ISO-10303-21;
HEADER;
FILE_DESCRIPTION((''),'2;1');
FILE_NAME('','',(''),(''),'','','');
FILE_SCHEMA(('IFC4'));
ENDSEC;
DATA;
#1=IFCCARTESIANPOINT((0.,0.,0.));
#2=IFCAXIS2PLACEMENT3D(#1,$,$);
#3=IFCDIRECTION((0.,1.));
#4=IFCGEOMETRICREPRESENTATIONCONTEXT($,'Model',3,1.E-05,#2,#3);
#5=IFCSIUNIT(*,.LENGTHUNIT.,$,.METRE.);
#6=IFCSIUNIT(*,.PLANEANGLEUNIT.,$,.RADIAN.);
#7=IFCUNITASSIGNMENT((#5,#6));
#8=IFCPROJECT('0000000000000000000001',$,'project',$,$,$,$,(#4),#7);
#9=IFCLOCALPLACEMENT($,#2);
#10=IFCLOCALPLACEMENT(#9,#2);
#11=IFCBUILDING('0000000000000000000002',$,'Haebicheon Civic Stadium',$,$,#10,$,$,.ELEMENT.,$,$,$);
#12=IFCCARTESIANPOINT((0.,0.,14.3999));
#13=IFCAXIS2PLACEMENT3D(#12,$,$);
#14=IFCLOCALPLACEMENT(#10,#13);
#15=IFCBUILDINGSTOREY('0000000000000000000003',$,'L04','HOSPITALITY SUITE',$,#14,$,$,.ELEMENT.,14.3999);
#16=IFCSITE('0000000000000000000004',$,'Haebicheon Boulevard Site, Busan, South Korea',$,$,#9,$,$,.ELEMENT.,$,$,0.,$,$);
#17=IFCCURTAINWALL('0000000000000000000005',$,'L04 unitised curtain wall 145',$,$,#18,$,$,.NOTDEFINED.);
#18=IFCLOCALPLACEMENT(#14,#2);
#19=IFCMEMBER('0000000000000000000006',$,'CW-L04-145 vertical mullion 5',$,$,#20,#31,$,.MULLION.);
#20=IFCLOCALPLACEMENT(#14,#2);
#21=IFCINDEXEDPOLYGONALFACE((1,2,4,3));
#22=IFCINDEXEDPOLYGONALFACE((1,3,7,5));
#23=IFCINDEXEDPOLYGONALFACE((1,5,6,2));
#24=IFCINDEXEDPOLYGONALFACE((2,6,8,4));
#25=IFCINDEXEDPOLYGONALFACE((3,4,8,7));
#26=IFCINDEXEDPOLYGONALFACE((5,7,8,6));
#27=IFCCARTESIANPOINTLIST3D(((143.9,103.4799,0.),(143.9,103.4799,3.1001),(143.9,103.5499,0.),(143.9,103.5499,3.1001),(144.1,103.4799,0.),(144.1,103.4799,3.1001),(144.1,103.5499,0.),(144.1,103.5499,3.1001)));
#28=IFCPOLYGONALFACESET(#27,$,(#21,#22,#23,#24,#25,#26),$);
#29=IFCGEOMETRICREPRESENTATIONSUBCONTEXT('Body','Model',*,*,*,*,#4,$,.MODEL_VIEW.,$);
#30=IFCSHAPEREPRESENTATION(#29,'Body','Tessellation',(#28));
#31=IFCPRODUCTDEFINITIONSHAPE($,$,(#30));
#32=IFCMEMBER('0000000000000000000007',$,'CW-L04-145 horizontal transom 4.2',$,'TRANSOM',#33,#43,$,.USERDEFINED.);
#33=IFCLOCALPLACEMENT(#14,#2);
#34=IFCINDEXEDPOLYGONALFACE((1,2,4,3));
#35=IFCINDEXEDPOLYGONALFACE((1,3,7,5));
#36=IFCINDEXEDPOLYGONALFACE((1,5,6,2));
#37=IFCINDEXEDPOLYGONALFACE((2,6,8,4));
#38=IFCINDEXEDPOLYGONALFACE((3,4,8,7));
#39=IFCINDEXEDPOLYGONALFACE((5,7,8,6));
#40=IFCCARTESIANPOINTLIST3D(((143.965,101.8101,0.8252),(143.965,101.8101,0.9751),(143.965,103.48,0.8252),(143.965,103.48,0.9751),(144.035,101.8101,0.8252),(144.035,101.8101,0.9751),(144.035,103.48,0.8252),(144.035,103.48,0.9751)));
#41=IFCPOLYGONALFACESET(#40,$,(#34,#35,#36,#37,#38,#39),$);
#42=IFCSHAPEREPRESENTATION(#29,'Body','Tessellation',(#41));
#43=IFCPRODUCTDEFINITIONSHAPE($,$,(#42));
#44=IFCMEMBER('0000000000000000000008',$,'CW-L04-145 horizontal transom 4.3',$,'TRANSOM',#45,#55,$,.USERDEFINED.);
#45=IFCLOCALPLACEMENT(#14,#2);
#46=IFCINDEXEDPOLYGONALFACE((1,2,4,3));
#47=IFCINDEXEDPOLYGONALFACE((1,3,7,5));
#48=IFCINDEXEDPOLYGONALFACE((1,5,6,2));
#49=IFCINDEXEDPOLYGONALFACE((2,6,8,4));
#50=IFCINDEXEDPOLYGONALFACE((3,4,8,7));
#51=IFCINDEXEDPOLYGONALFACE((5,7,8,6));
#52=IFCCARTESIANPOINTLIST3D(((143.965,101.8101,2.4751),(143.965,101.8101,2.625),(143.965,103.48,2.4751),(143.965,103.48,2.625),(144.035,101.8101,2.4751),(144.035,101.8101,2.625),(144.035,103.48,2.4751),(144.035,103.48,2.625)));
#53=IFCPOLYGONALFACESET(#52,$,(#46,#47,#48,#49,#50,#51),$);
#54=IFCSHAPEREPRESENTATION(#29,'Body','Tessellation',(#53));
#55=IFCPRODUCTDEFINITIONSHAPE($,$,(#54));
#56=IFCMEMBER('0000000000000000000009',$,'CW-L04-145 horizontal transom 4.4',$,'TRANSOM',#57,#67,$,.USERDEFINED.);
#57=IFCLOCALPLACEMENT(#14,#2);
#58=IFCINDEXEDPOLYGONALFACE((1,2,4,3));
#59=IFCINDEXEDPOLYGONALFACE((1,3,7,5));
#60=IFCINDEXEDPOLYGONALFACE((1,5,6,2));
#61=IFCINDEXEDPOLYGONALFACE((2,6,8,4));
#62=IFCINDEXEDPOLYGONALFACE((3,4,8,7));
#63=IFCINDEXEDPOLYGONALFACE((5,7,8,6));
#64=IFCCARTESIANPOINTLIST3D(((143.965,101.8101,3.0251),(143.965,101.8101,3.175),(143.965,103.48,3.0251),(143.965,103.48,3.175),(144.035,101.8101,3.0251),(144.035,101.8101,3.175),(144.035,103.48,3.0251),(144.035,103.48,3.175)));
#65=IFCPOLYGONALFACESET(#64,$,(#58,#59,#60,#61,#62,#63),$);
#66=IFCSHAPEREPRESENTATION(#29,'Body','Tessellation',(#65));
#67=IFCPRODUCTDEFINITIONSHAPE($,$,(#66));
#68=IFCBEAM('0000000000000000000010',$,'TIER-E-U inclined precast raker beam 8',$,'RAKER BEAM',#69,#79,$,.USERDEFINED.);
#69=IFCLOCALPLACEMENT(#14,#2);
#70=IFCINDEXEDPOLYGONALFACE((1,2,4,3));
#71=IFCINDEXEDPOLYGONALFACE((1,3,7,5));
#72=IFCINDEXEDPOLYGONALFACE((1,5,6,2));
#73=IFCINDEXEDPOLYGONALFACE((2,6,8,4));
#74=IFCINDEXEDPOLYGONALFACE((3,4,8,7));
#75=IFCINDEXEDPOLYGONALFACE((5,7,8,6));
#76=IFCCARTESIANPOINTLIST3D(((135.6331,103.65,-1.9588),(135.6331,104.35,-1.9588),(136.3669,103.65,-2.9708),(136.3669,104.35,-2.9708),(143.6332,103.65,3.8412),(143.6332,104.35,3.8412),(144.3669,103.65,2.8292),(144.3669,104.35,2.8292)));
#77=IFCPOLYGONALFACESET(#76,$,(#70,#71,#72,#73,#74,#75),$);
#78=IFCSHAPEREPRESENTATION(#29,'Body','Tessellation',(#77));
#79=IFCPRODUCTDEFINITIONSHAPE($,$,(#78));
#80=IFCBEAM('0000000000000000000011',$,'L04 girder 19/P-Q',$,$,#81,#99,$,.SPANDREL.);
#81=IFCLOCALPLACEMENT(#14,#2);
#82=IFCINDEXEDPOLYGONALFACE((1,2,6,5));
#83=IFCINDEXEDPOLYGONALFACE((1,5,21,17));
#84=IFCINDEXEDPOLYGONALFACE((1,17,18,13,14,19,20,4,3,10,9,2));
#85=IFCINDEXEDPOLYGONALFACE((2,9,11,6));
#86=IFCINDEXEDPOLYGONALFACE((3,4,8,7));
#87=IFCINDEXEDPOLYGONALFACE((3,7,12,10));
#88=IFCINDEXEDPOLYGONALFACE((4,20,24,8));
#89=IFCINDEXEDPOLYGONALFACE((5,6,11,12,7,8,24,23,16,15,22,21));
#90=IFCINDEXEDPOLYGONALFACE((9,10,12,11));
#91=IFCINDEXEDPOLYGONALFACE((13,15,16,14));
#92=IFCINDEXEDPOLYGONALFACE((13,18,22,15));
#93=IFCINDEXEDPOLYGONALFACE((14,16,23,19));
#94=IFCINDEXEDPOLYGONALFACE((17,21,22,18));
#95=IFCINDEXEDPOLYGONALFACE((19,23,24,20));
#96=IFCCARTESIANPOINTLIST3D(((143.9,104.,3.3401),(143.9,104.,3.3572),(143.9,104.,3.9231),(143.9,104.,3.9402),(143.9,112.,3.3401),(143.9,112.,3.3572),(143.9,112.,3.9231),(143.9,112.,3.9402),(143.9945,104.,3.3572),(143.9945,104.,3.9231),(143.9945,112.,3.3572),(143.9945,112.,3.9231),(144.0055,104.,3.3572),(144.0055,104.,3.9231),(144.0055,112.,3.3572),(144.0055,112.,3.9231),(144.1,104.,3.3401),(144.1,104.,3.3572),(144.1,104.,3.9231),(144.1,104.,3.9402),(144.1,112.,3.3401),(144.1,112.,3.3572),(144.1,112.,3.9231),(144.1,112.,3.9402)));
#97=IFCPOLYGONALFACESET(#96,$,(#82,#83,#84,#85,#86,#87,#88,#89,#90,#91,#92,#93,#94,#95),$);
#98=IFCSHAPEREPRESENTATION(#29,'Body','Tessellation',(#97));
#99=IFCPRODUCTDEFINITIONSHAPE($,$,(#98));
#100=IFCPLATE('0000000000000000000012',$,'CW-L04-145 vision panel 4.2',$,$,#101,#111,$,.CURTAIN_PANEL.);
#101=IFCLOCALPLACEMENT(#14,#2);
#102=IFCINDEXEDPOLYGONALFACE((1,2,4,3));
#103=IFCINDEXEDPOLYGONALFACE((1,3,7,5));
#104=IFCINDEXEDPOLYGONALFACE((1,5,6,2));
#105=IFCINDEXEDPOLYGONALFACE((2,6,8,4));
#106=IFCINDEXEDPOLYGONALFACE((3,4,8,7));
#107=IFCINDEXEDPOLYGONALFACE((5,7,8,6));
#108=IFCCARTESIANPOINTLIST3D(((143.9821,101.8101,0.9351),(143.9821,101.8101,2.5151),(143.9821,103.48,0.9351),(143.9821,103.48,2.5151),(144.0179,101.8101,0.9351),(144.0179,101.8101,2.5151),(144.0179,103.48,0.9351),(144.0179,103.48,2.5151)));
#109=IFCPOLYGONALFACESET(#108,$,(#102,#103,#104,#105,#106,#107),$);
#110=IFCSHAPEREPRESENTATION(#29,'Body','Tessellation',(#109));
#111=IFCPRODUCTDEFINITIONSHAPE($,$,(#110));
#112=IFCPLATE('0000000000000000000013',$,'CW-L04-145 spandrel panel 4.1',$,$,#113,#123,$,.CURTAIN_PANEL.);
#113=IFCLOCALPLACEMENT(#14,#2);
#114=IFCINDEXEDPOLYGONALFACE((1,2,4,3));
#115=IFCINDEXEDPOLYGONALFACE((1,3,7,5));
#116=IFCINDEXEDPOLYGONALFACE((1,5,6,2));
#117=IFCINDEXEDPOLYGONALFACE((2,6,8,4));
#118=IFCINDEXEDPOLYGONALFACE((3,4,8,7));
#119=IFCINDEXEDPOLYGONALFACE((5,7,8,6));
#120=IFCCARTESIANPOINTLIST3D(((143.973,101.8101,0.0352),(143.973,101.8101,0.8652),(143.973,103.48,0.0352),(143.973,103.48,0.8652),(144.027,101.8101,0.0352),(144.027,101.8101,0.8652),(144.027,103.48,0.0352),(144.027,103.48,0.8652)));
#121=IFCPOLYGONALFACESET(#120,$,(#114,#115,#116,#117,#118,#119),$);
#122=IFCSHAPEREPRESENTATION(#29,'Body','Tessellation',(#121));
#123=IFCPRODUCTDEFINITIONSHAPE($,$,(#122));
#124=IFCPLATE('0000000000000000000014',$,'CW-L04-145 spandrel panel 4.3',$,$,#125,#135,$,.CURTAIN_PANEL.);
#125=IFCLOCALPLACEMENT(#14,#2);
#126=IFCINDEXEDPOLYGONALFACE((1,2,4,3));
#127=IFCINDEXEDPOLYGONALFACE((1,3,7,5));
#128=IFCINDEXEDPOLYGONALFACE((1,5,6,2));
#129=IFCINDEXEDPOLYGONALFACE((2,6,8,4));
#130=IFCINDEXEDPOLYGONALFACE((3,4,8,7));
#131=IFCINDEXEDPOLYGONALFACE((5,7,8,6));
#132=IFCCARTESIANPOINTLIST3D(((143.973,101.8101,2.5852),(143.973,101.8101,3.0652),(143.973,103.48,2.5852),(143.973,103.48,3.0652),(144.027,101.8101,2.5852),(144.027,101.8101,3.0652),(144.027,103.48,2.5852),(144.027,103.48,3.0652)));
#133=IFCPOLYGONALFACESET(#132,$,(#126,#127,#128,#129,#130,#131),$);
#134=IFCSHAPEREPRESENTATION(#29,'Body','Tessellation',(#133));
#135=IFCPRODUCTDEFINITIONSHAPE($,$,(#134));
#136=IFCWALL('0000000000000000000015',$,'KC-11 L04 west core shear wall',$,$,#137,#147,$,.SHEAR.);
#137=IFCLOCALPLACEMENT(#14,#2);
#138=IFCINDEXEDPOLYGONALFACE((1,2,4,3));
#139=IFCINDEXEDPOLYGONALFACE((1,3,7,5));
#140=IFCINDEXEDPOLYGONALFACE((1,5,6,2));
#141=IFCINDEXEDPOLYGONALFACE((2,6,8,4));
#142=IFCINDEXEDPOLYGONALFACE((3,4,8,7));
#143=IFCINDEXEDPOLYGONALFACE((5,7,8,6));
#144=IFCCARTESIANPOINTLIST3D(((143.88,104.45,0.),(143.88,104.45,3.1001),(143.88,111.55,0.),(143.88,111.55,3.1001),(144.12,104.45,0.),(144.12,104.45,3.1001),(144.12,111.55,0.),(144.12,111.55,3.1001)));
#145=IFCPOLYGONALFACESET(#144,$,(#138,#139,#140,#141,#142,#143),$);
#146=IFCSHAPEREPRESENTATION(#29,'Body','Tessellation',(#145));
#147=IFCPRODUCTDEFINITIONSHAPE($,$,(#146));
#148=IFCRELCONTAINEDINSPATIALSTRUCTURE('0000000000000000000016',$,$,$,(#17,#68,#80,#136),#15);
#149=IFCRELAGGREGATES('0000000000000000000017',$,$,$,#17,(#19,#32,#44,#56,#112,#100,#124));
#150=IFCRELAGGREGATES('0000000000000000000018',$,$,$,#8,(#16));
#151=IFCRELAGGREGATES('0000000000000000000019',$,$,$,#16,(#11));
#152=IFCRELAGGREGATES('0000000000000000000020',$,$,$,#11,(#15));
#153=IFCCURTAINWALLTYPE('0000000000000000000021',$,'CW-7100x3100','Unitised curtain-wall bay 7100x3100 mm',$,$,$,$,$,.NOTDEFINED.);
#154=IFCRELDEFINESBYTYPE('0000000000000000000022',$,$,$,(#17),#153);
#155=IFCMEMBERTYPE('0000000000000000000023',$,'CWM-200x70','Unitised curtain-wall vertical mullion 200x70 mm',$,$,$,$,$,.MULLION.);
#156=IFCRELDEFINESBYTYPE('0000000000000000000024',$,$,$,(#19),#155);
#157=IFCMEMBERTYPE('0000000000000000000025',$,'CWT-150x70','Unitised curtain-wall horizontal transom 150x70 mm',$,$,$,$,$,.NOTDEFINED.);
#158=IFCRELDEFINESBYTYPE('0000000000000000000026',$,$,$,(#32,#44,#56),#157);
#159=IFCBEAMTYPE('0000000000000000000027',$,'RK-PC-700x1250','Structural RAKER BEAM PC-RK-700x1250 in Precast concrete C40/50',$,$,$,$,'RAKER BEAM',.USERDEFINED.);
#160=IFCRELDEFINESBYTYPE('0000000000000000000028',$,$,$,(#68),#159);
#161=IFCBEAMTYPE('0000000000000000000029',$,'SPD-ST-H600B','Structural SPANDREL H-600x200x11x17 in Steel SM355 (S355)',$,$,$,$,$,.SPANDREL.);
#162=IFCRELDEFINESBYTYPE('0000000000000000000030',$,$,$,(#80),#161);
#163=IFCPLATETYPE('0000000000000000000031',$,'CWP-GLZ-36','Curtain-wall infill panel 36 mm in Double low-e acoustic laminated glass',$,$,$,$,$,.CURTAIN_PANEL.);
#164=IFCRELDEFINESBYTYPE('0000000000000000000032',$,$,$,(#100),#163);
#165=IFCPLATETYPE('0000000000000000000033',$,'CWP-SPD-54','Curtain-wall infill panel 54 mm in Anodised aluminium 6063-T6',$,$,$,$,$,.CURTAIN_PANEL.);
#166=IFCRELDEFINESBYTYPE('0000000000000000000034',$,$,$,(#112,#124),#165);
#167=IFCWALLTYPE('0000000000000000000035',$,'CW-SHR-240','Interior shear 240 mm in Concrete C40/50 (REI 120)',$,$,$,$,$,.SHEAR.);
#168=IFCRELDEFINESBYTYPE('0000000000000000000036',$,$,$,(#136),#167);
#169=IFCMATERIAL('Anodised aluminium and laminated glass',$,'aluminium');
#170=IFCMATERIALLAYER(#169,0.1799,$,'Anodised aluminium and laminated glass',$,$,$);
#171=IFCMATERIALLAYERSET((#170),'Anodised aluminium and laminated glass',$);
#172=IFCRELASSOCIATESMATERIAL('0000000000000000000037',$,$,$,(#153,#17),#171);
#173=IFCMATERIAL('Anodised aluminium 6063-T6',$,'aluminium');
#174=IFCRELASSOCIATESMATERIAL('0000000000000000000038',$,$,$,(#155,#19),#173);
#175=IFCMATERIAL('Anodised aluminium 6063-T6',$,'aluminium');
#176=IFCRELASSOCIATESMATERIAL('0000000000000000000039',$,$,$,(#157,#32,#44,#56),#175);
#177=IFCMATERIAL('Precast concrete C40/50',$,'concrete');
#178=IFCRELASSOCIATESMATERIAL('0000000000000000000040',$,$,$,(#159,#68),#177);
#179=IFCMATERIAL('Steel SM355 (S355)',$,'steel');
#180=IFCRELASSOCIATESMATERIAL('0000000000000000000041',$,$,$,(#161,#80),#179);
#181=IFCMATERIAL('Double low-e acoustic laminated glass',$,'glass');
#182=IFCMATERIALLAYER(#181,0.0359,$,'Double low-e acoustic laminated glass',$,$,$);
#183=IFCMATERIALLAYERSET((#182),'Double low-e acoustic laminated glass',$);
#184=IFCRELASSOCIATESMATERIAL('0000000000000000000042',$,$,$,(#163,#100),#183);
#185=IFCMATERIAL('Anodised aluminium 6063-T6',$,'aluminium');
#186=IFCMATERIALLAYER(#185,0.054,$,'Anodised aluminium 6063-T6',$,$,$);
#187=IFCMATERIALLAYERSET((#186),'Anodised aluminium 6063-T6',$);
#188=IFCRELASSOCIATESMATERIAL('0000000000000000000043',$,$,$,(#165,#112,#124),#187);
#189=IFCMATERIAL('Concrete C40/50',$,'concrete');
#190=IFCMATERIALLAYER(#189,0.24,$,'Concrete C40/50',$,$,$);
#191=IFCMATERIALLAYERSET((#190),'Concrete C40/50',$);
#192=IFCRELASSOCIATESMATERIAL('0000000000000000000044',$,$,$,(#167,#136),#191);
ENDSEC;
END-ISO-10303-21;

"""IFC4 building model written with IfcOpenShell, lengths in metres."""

from ifc_helpers import new_model, si_unit, direction, frame, frame_2d, origin, origin_2d, place, context, subcontext, project, spatial, rectangle, i_section, extrude, material, layer, layer_set, material_profile, profile_set, type_object, element, aggregate, save


model = new_model("IFC4")

# Units and contexts
model_context = context("Model", 3, precision=1e-05, world=origin(), true_north=direction((0.0, 1.0)))
body_context = subcontext(model_context, "Body", "Model", "MODEL_VIEW")
ifc_project = project(units=[si_unit("LENGTHUNIT", "METRE"), si_unit("PLANEANGLEUNIT", "RADIAN")], contexts=[model_context])

# Site, building, storey
site_placement = place(None, origin())
site = spatial("IfcSite", under=ifc_project, at=site_placement, Name="Haebicheon Boulevard Site, Busan, South Korea", CompositionType="ELEMENT", RefElevation=0.0)
building_placement = place(site_placement, origin())
building = spatial("IfcBuilding", under=site, at=building_placement, Name="Haebicheon Civic Stadium", CompositionType="ELEMENT")
storey_placement = place(building_placement, frame((0.0, 0.0, 14.3999)))
storey = spatial("IfcBuildingStorey", under=building, at=storey_placement, Name="L04", Description="HOSPITALITY SUITE", CompositionType="ELEMENT", Elevation=14.3999)

# Curtain wall, members
ifc_material_1 = material(Name="Anodised aluminium and laminated glass", Category="aluminium")
ifc_layer_1 = layer(ifc_material_1, 0.1799, Name="Anodised aluminium and laminated glass")
ifc_layer_set_1 = layer_set([ifc_layer_1], Name="Anodised aluminium and laminated glass")
curtain_wall_type = type_object("IfcCurtainWallType", Name="CW-7100x3100", Description="Unitised curtain-wall bay 7100x3100 mm", PredefinedType="NOTDEFINED", material=ifc_layer_set_1)
curtain_wall_placement = place(storey_placement, origin())
curtain_wall = element("IfcCurtainWall", 1, at=curtain_wall_placement, inside=storey, type_object=curtain_wall_type, material=ifc_layer_set_1, Name="L04 unitised curtain wall 145", PredefinedType="NOTDEFINED")
ifc_material_2 = material(Name="Anodised aluminium 6063-T6", Category="aluminium")
ifc_material_profile_1 = material_profile(ifc_material_2, rectangle(XDim=0.0701, YDim=0.2, at=origin_2d()), Name="ALU-MULL-70x200")
ifc_profile_set_1 = profile_set([ifc_material_profile_1], Name="Anodised aluminium 6063-T6")
member_type_1 = type_object("IfcMemberType", Name="CWM-200x70", Description="Unitised curtain-wall vertical mullion 200x70 mm", PredefinedType="MULLION", material=ifc_profile_set_1)
member_1_placement = place(storey_placement, frame((144.0, 103.5149, 0.0), z_axis=(0.0, 0.0, 1.0), x_axis=(0.0, 1.0, 0.0)))
member_1 = element("IfcMember", 2, at=member_1_placement, type_object=member_type_1, material=ifc_profile_set_1, Name="CW-L04-145 vertical mullion 5", PredefinedType="MULLION", context=body_context, shape_type="SweptSolid", body=[
    extrude(rectangle(XDim=0.0701, YDim=0.2, at=origin_2d()), origin(), (0.0, 0.0, 1.0), 3.1001),
])
ifc_material_3 = material(Name="Anodised aluminium 6063-T6", Category="aluminium")
ifc_material_profile_2 = material_profile(ifc_material_3, rectangle(XDim=0.0701, YDim=0.1499, at=origin_2d()), Name="ALU-TRAN-70x150")
ifc_profile_set_2 = profile_set([ifc_material_profile_2], Name="Anodised aluminium 6063-T6")
member_type_2 = type_object("IfcMemberType", Name="CWT-150x70", Description="Unitised curtain-wall horizontal transom 150x70 mm", PredefinedType="NOTDEFINED", material=ifc_profile_set_2)
member_2_placement = place(storey_placement, frame((144.0, 101.8101, 0.9001), z_axis=(0.0, 1.0, 0.0), x_axis=(-1.0, 0.0, 0.0)))
member_2 = element("IfcMember", 3, at=member_2_placement, type_object=member_type_2, material=ifc_profile_set_2, Name="CW-L04-145 horizontal transom 4.2", ObjectType="TRANSOM", PredefinedType="USERDEFINED", context=body_context, shape_type="SweptSolid", body=[
    extrude(rectangle(XDim=0.0701, YDim=0.1499, at=origin_2d()), origin(), (0.0, 0.0, 1.0), 1.6699),
])
member_3_placement = place(storey_placement, frame((144.0, 101.8101, 2.55), z_axis=(0.0, 1.0, 0.0), x_axis=(-1.0, 0.0, 0.0)))
member_3 = element("IfcMember", 4, at=member_3_placement, type_object=member_type_2, material=ifc_profile_set_2, Name="CW-L04-145 horizontal transom 4.3", ObjectType="TRANSOM", PredefinedType="USERDEFINED", context=body_context, shape_type="SweptSolid", body=[
    extrude(rectangle(XDim=0.0701, YDim=0.1499, at=origin_2d()), origin(), (0.0, 0.0, 1.0), 1.6699),
])
member_4_placement = place(storey_placement, frame((144.0, 101.8101, 3.1001), z_axis=(0.0, 1.0, 0.0), x_axis=(-1.0, 0.0, 0.0)))
member_4 = element("IfcMember", 5, at=member_4_placement, type_object=member_type_2, material=ifc_profile_set_2, Name="CW-L04-145 horizontal transom 4.4", ObjectType="TRANSOM", PredefinedType="USERDEFINED", context=body_context, shape_type="SweptSolid", body=[
    extrude(rectangle(XDim=0.0701, YDim=0.1499, at=origin_2d()), origin(), (0.0, 0.0, 1.0), 1.6699),
])

# Beams
ifc_material_4 = material(Name="Precast concrete C40/50", Category="concrete")
ifc_material_profile_3 = material_profile(ifc_material_4, rectangle(XDim=0.7, YDim=1.25, at=origin_2d()), Name="PC-RK-700x1250")
ifc_profile_set_3 = profile_set([ifc_material_profile_3], Name="Precast concrete C40/50")
beam_type_1 = type_object("IfcBeamType", Name="RK-PC-700x1250", Description="Structural RAKER BEAM PC-RK-700x1250 in Precast concrete C40/50", ElementType="RAKER BEAM", PredefinedType="USERDEFINED", material=ifc_profile_set_3)
beam_1_placement = place(storey_placement, frame((136.0, 104.0, -2.4648), z_axis=(0.809608, 0.0, 0.586971), x_axis=(0.0, 1.0, 0.0)))
element("IfcBeam", 6, at=beam_1_placement, inside=storey, type_object=beam_type_1, material=ifc_profile_set_3, Name="TIER-E-U inclined precast raker beam 8", ObjectType="RAKER BEAM", PredefinedType="USERDEFINED", context=body_context, shape_type="SweptSolid", body=[
    extrude(rectangle(XDim=0.7, YDim=1.25, at=origin_2d()), origin(), (0.0, 0.0, 1.0), 9.8813),
])
ifc_material_5 = material(Name="Steel SM355 (S355)", Category="steel")
ifc_material_profile_4 = material_profile(ifc_material_5, i_section(OverallWidth=0.2, OverallDepth=0.6001, WebThickness=0.011, FlangeThickness=0.0171, at=origin_2d()), Name="H-600x200x11x17")
ifc_profile_set_4 = profile_set([ifc_material_profile_4], Name="Steel SM355 (S355)")
beam_type_2 = type_object("IfcBeamType", Name="SPD-ST-H600B", Description="Structural SPANDREL H-600x200x11x17 in Steel SM355 (S355)", PredefinedType="SPANDREL", material=ifc_profile_set_4)
beam_2_placement = place(storey_placement, frame((144.0, 104.0, 3.6401), z_axis=(0.0, 1.0, 0.0), x_axis=(-1.0, 0.0, 0.0)))
element("IfcBeam", 7, at=beam_2_placement, inside=storey, type_object=beam_type_2, material=ifc_profile_set_4, Name="L04 girder 19/P-Q", PredefinedType="SPANDREL", context=body_context, shape_type="SweptSolid", body=[
    extrude(i_section(OverallWidth=0.2, OverallDepth=0.6001, WebThickness=0.011, FlangeThickness=0.0171, at=origin_2d()), origin(), (0.0, 0.0, 1.0), 8.0),
])

# Plates
ifc_material_6 = material(Name="Double low-e acoustic laminated glass", Category="glass")
ifc_layer_2 = layer(ifc_material_6, 0.0359, Name="Double low-e acoustic laminated glass")
ifc_layer_set_2 = layer_set([ifc_layer_2], Name="Double low-e acoustic laminated glass")
plate_type_1 = type_object("IfcPlateType", Name="CWP-GLZ-36", Description="Curtain-wall infill panel 36 mm in Double low-e acoustic laminated glass", PredefinedType="CURTAIN_PANEL", material=ifc_layer_set_2)
plate_1_placement = place(storey_placement, frame((144.0, 102.645, 0.9351), z_axis=(0.0, 0.0, 1.0), x_axis=(0.0, 1.0, 0.0)))
plate_1 = element("IfcPlate", 8, at=plate_1_placement, type_object=plate_type_1, material=ifc_layer_set_2, Name="CW-L04-145 vision panel 4.2", PredefinedType="CURTAIN_PANEL", context=body_context, shape_type="SweptSolid", body=[
    extrude(rectangle(XDim=1.6699, YDim=0.0359, at=origin_2d()), origin(), (0.0, 0.0, 1.0), 1.5801),
])
ifc_material_7 = material(Name="Anodised aluminium 6063-T6", Category="aluminium")
ifc_layer_3 = layer(ifc_material_7, 0.054, Name="Anodised aluminium 6063-T6")
ifc_layer_set_3 = layer_set([ifc_layer_3], Name="Anodised aluminium 6063-T6")
plate_type_2 = type_object("IfcPlateType", Name="CWP-SPD-54", Description="Curtain-wall infill panel 54 mm in Anodised aluminium 6063-T6", PredefinedType="CURTAIN_PANEL", material=ifc_layer_set_3)
plate_2_placement = place(storey_placement, frame((144.0, 102.645, 0.0352), z_axis=(0.0, 0.0, 1.0), x_axis=(0.0, 1.0, 0.0)))
plate_2 = element("IfcPlate", 9, at=plate_2_placement, type_object=plate_type_2, material=ifc_layer_set_3, Name="CW-L04-145 spandrel panel 4.1", PredefinedType="CURTAIN_PANEL", context=body_context, shape_type="SweptSolid", body=[
    extrude(rectangle(XDim=1.6699, YDim=0.054, at=origin_2d()), origin(), (0.0, 0.0, 1.0), 0.8301),
])
plate_3_placement = place(storey_placement, frame((144.0, 102.645, 2.5852), z_axis=(0.0, 0.0, 1.0), x_axis=(0.0, 1.0, 0.0)))
plate_3 = element("IfcPlate", 10, at=plate_3_placement, type_object=plate_type_2, material=ifc_layer_set_3, Name="CW-L04-145 spandrel panel 4.3", PredefinedType="CURTAIN_PANEL", context=body_context, shape_type="SweptSolid", body=[
    extrude(rectangle(XDim=1.6699, YDim=0.054, at=origin_2d()), origin(), (0.0, 0.0, 1.0), 0.48),
])
aggregate(curtain_wall, [member_1, member_2, member_3, member_4, plate_2, plate_1, plate_3])

# Wall
ifc_material_8 = material(Name="Concrete C40/50", Category="concrete")
ifc_layer_4 = layer(ifc_material_8, 0.24, Name="Concrete C40/50")
ifc_layer_set_4 = layer_set([ifc_layer_4], Name="Concrete C40/50")
wall_type = type_object("IfcWallType", Name="CW-SHR-240", Description="Interior shear 240 mm in Concrete C40/50 (REI 120)", PredefinedType="SHEAR", material=ifc_layer_set_4)
wall_placement = place(storey_placement, frame((144.0, 104.45, 0.0), z_axis=(0.0, 0.0, 1.0), x_axis=(0.0, 1.0, 0.0)))
element("IfcWall", 11, at=wall_placement, inside=storey, type_object=wall_type, material=ifc_layer_set_4, Name="KC-11 L04 west core shear wall", PredefinedType="SHEAR", context=body_context, shape_type="SweptSolid", body=[
    extrude(rectangle(XDim=7.1001, YDim=0.24, at=frame_2d((3.55, 0.0))), origin(), (0.0, 0.0, 1.0), 3.1001),
])

save(model, "model.ifc")
